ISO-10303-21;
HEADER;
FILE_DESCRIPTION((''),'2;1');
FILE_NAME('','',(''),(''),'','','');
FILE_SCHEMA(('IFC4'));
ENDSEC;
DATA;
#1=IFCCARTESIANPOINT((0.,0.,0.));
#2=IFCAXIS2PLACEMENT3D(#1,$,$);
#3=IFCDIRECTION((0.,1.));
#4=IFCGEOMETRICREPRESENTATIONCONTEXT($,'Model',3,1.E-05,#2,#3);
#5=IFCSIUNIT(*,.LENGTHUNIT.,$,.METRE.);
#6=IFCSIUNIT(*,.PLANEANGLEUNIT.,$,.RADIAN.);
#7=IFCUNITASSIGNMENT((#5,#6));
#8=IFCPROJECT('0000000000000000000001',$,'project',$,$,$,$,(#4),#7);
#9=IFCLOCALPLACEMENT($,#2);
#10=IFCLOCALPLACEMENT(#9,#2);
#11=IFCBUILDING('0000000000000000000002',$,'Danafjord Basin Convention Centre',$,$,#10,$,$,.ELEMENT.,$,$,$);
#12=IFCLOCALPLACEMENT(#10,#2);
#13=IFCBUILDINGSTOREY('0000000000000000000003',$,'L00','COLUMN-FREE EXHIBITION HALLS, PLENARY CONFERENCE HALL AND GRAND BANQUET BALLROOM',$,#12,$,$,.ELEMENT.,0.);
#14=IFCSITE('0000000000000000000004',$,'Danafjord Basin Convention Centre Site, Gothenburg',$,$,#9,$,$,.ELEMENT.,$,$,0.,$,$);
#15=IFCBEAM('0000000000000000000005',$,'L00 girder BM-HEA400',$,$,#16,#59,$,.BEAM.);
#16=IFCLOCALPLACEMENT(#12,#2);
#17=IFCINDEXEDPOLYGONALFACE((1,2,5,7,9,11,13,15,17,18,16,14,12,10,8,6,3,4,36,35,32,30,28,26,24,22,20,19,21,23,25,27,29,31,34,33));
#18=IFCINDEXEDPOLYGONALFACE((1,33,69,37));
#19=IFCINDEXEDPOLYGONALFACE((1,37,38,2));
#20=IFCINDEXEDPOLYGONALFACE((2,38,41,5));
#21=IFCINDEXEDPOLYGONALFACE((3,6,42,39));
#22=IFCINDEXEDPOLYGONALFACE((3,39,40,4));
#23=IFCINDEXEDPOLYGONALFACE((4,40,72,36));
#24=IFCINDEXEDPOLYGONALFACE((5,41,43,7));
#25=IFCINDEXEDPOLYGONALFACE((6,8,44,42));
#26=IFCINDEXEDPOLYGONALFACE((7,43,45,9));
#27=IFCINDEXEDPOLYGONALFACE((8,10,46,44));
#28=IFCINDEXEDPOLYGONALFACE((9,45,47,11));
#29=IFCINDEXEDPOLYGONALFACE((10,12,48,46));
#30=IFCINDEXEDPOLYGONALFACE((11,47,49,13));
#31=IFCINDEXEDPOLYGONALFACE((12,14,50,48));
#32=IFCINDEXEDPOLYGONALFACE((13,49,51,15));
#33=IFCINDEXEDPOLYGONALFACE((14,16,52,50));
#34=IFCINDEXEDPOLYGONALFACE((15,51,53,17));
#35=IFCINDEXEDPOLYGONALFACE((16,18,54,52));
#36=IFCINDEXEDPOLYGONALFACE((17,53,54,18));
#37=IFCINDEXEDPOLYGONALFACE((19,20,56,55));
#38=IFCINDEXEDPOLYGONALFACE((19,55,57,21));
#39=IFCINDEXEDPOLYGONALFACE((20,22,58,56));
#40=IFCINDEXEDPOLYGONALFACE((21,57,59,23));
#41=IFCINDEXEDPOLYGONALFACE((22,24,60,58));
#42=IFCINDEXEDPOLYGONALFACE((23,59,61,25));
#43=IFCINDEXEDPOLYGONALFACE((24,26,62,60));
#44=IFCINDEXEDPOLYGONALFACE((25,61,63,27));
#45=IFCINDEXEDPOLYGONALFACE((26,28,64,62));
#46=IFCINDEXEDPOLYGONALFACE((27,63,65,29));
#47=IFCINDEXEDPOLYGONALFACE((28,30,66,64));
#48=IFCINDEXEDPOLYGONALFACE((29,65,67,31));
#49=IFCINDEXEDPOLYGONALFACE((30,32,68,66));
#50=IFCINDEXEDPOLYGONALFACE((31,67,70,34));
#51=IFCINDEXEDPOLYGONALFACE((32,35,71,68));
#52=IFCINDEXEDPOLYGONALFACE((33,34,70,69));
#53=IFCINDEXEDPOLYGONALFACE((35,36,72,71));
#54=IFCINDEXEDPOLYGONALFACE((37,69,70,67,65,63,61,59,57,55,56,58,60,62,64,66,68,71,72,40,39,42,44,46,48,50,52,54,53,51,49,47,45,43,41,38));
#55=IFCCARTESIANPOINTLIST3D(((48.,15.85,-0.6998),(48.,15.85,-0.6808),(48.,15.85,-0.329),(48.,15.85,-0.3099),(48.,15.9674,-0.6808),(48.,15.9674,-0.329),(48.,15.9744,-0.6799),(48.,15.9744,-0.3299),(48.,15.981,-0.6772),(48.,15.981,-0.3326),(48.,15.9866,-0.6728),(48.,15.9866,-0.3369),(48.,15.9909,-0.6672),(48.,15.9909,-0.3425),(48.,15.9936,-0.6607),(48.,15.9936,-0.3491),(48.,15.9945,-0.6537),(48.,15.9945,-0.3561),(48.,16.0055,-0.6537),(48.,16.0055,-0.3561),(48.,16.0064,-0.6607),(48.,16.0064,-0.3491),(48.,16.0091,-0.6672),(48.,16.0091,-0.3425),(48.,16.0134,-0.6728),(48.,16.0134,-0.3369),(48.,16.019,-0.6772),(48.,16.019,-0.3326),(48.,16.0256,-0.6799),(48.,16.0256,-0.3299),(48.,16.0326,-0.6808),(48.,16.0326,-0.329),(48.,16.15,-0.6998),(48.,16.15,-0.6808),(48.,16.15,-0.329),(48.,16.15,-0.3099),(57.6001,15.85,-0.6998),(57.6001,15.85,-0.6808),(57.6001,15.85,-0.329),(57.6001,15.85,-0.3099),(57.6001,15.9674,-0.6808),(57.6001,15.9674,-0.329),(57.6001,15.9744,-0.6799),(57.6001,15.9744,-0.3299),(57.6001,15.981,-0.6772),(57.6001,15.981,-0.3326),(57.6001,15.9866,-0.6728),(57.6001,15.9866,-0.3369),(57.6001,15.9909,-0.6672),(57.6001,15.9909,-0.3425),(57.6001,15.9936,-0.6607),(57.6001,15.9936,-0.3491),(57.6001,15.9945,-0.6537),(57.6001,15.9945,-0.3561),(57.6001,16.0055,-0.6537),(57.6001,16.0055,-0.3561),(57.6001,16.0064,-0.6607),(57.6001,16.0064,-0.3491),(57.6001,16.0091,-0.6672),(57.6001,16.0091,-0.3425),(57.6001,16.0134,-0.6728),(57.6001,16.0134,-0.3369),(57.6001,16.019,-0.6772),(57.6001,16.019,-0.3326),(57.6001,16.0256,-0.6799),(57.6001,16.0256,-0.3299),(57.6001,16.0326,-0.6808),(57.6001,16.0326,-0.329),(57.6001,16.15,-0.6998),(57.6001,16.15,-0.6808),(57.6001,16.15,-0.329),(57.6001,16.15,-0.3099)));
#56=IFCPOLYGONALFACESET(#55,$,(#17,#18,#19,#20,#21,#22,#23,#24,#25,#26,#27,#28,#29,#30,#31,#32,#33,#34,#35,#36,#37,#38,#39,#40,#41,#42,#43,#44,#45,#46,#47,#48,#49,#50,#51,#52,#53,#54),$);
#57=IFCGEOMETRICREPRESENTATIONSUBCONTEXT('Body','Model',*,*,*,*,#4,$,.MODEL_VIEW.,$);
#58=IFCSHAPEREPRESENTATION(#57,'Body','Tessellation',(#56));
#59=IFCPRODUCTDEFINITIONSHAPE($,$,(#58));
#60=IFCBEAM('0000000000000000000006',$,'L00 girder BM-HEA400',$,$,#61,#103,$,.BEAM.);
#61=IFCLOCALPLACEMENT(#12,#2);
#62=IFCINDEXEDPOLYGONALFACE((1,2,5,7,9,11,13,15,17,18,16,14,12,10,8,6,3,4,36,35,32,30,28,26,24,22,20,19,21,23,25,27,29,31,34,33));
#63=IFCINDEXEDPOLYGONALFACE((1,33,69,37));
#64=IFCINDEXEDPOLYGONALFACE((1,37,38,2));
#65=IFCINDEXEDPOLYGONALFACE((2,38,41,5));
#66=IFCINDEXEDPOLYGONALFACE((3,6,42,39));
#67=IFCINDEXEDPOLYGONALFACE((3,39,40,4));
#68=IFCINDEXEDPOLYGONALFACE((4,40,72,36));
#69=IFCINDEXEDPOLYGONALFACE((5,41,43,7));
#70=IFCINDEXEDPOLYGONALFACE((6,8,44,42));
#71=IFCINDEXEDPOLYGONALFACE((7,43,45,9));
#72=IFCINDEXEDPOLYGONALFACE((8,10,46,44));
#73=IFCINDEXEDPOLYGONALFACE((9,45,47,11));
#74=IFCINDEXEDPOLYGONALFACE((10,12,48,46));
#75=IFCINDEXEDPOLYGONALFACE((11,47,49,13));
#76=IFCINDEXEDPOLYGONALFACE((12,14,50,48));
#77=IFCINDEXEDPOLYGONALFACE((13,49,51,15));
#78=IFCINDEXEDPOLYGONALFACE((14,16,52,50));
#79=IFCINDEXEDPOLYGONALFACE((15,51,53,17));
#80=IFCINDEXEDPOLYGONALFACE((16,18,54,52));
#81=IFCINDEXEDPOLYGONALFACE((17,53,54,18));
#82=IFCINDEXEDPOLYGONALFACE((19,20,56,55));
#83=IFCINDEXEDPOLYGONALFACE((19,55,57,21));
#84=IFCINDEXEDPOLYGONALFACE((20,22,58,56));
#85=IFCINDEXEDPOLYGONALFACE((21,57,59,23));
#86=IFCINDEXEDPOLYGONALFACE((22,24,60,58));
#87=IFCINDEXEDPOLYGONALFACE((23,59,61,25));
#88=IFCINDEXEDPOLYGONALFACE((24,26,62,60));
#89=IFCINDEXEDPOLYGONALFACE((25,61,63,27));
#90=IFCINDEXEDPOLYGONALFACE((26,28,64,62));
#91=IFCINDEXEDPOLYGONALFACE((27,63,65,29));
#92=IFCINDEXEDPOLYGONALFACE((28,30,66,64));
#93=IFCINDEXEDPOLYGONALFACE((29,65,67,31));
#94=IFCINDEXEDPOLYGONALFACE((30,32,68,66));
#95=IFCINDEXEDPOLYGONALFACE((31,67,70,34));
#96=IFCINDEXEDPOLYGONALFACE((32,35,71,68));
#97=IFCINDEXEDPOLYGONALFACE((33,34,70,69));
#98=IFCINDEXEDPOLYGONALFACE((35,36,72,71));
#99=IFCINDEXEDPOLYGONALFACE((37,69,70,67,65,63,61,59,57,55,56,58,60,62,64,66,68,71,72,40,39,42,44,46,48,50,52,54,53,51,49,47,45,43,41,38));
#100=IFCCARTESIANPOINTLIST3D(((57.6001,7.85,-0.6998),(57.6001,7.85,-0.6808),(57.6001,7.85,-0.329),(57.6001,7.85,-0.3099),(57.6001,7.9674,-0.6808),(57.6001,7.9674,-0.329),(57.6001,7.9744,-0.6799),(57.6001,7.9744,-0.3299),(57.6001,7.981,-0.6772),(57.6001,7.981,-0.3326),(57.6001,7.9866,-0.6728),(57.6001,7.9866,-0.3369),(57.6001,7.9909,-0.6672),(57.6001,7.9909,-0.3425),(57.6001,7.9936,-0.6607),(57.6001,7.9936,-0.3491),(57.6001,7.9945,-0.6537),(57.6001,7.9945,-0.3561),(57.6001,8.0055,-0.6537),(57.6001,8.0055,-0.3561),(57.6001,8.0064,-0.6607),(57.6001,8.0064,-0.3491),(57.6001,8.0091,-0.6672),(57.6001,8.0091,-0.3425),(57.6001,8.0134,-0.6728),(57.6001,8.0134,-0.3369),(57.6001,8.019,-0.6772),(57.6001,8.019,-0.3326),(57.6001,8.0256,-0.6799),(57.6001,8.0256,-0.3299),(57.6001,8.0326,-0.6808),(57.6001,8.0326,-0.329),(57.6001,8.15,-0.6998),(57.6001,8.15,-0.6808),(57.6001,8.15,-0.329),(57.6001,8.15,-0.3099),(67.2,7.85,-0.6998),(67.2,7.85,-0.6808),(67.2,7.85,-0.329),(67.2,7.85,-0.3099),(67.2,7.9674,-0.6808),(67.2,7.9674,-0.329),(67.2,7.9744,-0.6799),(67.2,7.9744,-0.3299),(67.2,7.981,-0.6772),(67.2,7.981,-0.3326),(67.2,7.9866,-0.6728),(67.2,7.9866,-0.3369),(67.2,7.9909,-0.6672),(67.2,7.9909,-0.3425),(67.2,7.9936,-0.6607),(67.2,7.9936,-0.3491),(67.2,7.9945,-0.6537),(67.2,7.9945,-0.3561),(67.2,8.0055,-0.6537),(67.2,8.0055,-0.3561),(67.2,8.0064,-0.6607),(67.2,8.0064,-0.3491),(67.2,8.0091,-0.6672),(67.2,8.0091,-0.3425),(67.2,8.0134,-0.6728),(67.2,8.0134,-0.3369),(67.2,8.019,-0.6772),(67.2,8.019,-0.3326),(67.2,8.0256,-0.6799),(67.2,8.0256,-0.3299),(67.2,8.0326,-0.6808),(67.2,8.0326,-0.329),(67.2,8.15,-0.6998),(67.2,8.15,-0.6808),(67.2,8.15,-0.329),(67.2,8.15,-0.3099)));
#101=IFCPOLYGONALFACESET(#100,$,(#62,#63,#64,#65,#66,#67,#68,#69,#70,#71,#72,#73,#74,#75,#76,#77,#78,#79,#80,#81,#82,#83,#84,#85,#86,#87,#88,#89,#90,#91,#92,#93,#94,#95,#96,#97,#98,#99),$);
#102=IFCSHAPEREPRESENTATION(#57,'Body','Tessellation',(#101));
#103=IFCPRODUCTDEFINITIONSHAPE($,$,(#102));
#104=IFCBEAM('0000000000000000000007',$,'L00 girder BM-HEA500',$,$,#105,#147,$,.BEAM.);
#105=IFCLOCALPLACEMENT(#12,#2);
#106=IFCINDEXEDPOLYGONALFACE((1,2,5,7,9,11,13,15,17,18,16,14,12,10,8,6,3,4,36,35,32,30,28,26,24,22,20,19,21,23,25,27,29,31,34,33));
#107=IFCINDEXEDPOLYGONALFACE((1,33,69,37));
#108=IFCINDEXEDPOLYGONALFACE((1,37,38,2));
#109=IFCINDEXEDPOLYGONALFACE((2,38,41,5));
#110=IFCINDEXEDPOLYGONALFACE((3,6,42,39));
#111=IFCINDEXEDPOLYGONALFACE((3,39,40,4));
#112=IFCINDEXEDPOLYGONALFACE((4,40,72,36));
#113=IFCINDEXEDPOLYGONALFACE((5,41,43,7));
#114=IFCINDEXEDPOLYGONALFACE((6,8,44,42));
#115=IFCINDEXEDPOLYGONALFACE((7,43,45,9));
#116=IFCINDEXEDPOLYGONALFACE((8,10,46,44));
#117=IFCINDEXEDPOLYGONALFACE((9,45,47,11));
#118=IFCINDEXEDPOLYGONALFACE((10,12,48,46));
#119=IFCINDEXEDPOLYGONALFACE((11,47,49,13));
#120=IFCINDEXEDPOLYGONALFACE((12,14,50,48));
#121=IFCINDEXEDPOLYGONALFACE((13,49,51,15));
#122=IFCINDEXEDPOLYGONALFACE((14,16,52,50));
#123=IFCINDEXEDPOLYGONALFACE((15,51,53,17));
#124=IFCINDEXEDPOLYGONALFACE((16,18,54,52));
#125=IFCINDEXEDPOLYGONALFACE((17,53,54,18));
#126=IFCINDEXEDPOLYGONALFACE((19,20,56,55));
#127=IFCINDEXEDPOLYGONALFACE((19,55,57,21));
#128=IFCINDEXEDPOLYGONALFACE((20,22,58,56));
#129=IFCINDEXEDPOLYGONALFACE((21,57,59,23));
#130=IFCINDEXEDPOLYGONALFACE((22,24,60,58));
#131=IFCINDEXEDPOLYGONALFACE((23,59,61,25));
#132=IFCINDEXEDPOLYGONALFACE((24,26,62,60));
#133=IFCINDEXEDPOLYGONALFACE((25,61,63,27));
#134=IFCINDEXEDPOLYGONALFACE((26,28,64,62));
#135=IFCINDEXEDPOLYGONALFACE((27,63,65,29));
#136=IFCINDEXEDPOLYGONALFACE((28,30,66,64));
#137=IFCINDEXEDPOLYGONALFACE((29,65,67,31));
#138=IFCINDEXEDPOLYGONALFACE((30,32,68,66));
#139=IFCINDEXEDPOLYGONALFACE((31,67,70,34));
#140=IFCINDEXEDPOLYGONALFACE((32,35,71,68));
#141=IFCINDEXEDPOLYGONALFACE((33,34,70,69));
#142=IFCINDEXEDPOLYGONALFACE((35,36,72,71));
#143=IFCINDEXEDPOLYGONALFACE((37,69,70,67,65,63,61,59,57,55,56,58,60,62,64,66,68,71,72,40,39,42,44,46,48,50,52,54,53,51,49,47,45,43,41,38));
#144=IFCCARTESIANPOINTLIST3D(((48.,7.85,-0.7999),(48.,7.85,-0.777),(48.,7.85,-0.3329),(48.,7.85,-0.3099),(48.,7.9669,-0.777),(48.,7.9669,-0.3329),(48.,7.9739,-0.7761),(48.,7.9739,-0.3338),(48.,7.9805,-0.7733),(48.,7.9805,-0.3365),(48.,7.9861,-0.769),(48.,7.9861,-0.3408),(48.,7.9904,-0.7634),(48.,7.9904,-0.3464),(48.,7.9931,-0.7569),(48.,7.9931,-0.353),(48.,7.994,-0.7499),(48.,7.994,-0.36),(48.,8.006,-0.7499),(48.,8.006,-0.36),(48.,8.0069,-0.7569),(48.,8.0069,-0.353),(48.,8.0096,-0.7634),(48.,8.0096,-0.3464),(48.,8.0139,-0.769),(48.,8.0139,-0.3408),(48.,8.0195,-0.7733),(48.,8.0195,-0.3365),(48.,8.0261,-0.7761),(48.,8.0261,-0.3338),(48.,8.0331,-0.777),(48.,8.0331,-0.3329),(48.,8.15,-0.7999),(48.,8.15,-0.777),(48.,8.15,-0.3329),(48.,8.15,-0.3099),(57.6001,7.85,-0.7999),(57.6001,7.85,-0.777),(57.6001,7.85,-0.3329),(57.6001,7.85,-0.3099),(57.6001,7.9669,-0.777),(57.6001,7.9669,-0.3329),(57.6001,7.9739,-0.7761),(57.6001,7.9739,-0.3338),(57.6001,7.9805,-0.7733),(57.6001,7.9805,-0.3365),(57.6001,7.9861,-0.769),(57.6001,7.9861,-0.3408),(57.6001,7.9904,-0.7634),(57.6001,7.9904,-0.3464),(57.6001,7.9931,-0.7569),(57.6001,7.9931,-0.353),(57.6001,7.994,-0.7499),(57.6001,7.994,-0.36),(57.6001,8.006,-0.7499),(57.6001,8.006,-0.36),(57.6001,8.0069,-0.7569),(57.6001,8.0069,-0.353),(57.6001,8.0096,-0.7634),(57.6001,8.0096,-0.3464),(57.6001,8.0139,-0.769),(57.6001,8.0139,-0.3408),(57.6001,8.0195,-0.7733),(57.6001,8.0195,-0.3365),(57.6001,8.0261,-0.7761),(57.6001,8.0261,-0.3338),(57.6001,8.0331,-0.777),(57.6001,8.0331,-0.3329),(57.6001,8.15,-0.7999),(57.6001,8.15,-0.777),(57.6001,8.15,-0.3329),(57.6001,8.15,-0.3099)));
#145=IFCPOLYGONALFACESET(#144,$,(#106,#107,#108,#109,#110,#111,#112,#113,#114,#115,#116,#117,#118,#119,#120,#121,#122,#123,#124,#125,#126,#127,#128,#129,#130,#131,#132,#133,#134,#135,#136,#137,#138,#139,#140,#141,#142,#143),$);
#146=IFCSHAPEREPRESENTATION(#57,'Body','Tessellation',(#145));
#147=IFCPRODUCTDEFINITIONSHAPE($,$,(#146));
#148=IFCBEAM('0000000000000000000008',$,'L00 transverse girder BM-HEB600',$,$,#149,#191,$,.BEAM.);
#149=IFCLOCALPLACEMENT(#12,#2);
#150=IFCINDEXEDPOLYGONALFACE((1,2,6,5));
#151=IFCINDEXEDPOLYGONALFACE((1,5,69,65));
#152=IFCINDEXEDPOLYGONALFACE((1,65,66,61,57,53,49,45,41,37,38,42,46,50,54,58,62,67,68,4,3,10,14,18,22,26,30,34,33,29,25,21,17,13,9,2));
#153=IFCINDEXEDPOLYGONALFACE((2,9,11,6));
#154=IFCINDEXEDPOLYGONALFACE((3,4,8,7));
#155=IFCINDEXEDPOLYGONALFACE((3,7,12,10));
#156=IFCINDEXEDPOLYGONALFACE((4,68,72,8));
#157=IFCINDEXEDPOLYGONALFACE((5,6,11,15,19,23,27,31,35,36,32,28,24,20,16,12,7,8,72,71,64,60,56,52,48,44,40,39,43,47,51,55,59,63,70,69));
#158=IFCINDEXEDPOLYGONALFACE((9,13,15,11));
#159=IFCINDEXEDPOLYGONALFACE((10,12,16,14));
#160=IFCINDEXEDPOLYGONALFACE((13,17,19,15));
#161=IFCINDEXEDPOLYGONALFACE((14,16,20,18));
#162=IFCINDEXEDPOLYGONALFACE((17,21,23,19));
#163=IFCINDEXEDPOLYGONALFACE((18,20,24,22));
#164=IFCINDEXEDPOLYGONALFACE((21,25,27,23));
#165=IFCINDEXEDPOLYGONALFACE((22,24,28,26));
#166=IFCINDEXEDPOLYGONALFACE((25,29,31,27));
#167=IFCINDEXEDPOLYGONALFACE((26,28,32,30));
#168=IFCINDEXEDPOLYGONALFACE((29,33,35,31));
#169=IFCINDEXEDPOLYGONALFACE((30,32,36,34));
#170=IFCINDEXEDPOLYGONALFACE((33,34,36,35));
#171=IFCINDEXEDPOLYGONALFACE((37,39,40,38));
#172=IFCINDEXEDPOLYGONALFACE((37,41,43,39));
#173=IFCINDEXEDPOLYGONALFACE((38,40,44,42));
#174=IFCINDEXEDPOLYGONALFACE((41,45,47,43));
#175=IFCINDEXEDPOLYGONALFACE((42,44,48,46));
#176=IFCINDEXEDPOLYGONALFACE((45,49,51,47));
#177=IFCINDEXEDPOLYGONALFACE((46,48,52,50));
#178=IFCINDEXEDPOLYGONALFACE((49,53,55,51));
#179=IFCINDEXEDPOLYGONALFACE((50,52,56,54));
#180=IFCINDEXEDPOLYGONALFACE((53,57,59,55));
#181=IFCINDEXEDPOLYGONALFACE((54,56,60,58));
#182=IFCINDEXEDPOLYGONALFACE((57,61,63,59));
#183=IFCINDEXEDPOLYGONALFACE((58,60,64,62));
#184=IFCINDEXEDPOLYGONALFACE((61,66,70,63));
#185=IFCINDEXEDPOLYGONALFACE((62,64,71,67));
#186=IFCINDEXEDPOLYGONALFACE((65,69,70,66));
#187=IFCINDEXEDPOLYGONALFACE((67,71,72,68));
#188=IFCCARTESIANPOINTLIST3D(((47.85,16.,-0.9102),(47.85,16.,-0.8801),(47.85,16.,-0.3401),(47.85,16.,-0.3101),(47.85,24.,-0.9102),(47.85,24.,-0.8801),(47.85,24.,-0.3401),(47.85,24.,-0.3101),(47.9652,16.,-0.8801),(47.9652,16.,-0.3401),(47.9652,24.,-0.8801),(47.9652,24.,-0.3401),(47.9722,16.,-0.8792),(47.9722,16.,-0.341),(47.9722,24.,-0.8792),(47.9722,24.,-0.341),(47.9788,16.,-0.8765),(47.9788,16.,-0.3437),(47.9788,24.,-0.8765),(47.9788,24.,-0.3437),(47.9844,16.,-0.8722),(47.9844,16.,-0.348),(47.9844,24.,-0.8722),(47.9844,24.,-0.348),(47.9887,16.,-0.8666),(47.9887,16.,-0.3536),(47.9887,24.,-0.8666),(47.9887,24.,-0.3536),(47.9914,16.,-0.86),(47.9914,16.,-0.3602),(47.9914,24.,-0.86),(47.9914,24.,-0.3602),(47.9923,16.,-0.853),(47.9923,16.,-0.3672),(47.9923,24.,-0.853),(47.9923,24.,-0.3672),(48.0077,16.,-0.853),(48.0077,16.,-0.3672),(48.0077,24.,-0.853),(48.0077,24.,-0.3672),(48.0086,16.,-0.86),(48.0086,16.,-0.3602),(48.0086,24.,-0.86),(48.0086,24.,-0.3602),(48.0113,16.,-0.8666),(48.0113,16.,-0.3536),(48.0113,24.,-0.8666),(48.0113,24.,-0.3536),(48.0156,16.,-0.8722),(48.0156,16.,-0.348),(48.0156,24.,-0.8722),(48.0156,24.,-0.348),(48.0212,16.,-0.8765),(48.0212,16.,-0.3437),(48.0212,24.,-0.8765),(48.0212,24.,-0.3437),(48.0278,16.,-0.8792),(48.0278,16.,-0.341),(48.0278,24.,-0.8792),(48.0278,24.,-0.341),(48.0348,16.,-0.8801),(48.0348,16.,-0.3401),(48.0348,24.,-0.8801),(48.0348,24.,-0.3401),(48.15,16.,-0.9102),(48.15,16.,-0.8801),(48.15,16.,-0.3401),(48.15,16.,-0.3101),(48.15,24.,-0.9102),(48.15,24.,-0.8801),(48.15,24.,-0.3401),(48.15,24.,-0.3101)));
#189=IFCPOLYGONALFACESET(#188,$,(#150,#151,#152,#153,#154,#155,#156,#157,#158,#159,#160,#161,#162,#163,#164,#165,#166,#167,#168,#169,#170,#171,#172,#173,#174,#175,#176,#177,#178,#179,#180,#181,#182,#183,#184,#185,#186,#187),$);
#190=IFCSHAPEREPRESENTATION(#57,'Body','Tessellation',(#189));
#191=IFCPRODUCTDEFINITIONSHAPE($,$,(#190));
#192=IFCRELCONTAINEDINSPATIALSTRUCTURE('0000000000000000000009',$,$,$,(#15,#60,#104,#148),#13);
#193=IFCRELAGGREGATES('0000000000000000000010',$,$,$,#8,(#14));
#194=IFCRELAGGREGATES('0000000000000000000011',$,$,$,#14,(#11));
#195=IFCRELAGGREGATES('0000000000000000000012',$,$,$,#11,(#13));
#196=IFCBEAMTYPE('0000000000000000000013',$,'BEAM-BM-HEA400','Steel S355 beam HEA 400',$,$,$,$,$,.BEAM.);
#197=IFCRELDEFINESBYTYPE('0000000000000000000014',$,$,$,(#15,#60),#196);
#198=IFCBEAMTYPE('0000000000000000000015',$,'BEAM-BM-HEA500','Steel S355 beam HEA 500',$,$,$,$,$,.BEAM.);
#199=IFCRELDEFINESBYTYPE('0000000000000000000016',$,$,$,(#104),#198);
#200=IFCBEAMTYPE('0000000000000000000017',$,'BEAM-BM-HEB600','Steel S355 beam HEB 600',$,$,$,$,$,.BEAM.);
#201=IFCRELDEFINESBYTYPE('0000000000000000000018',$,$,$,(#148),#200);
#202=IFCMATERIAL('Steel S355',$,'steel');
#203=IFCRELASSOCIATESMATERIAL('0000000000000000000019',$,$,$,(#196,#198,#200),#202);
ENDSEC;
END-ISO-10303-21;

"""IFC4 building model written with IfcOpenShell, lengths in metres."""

from ifc_helpers import new_model, si_unit, direction, frame, origin, origin_2d, place, context, subcontext, project, spatial, i_section, extrude, material, material_profile, profile_set, type_object, element, save


model = new_model("IFC4")

# Units and contexts
model_context = context("Model", 3, precision=1e-05, world=origin(), true_north=direction((0.0, 1.0)))
body_context = subcontext(model_context, "Body", "Model", "MODEL_VIEW")
ifc_project = project(units=[si_unit("LENGTHUNIT", "METRE"), si_unit("PLANEANGLEUNIT", "RADIAN")], contexts=[model_context])

# Site, building, storey
site_placement = place(None, origin())
site = spatial("IfcSite", under=ifc_project, at=site_placement, Name="Danafjord Basin Convention Centre Site, Gothenburg", CompositionType="ELEMENT", RefElevation=0.0)
building_placement = place(site_placement, origin())
building = spatial("IfcBuilding", under=site, at=building_placement, Name="Danafjord Basin Convention Centre", CompositionType="ELEMENT")
storey_placement = place(building_placement, origin())
storey = spatial("IfcBuildingStorey", under=building, at=storey_placement, Name="L00", Description="COLUMN-FREE EXHIBITION HALLS, PLENARY CONFERENCE HALL AND GRAND BANQUET BALLROOM", CompositionType="ELEMENT", Elevation=0.0)

# Shared definitions
ifc_material_1 = material(Name="Steel S355", Category="steel")

# Beams
ifc_material_profile_1 = material_profile(ifc_material_1, i_section(OverallWidth=0.3, OverallDepth=0.3899, WebThickness=0.011, FlangeThickness=0.019, FilletRadius=0.0271, at=origin_2d()), Name="HEA 400")
ifc_profile_set_1 = profile_set([ifc_material_profile_1], Name="Steel S355")
beam_type_1 = type_object("IfcBeamType", Name="BEAM-BM-HEA400", Description="Steel S355 beam HEA 400", PredefinedType="BEAM", material=ifc_profile_set_1)
beam_1_placement = place(storey_placement, frame((48.0, 16.0, -0.5049), z_axis=(1.0, 0.0, 0.0), x_axis=(0.0, 1.0, 0.0)))
element("IfcBeam", 1, at=beam_1_placement, inside=storey, type_object=beam_type_1, Name="L00 girder BM-HEA400", PredefinedType="BEAM", context=body_context, shape_type="SweptSolid", body=[
    extrude(i_section(OverallWidth=0.3, OverallDepth=0.3899, WebThickness=0.011, FlangeThickness=0.019, FilletRadius=0.0271, at=origin_2d()), origin(), (0.0, 0.0, 1.0), 9.6001),
])
beam_2_placement = place(storey_placement, frame((57.6001, 8.0, -0.5049), z_axis=(1.0, 0.0, 0.0), x_axis=(0.0, 1.0, 0.0)))
element("IfcBeam", 2, at=beam_2_placement, inside=storey, type_object=beam_type_1, Name="L00 girder BM-HEA400", PredefinedType="BEAM", context=body_context, shape_type="SweptSolid", body=[
    extrude(i_section(OverallWidth=0.3, OverallDepth=0.3899, WebThickness=0.011, FlangeThickness=0.019, FilletRadius=0.0271, at=origin_2d()), origin(), (0.0, 0.0, 1.0), 9.5999),
])
ifc_material_profile_2 = material_profile(ifc_material_1, i_section(OverallWidth=0.3, OverallDepth=0.49, WebThickness=0.012, FlangeThickness=0.0229, FilletRadius=0.0271, at=origin_2d()), Name="HEA 500")
ifc_profile_set_2 = profile_set([ifc_material_profile_2], Name="Steel S355")
beam_type_2 = type_object("IfcBeamType", Name="BEAM-BM-HEA500", Description="Steel S355 beam HEA 500", PredefinedType="BEAM", material=ifc_profile_set_2)
beam_3_placement = place(storey_placement, frame((48.0, 8.0, -0.5549), z_axis=(1.0, 0.0, 0.0), x_axis=(0.0, 1.0, 0.0)))
element("IfcBeam", 3, at=beam_3_placement, inside=storey, type_object=beam_type_2, Name="L00 girder BM-HEA500", PredefinedType="BEAM", context=body_context, shape_type="SweptSolid", body=[
    extrude(i_section(OverallWidth=0.3, OverallDepth=0.49, WebThickness=0.012, FlangeThickness=0.0229, FilletRadius=0.0271, at=origin_2d()), origin(), (0.0, 0.0, 1.0), 9.6001),
])
ifc_material_profile_3 = material_profile(ifc_material_1, i_section(OverallWidth=0.3, OverallDepth=0.6001, WebThickness=0.0154, FlangeThickness=0.03, FilletRadius=0.0271, at=origin_2d()), Name="HEB 600")
ifc_profile_set_3 = profile_set([ifc_material_profile_3], Name="Steel S355")
beam_type_3 = type_object("IfcBeamType", Name="BEAM-BM-HEB600", Description="Steel S355 beam HEB 600", PredefinedType="BEAM", material=ifc_profile_set_3)
for number, where, z_axis, x_axis, name in (
    (4, (48.0, 16.0, -0.6101), (0.0, 1.0, 0.0), (-1.0, 0.0, 0.0), "L00 transverse girder BM-HEB600"),
):
    element("IfcBeam", number, at=place(storey_placement, frame(where, z_axis=z_axis, x_axis=x_axis)), inside=storey, type_object=beam_type_3, Name=name, PredefinedType="BEAM", context=body_context, shape_type="SweptSolid", body=[
        extrude(i_section(OverallWidth=0.3, OverallDepth=0.6001, WebThickness=0.0154, FlangeThickness=0.03, FilletRadius=0.0271, at=origin_2d()), origin(), (0.0, 0.0, 1.0), 8.0),
    ])

save(model, "model.ifc")
